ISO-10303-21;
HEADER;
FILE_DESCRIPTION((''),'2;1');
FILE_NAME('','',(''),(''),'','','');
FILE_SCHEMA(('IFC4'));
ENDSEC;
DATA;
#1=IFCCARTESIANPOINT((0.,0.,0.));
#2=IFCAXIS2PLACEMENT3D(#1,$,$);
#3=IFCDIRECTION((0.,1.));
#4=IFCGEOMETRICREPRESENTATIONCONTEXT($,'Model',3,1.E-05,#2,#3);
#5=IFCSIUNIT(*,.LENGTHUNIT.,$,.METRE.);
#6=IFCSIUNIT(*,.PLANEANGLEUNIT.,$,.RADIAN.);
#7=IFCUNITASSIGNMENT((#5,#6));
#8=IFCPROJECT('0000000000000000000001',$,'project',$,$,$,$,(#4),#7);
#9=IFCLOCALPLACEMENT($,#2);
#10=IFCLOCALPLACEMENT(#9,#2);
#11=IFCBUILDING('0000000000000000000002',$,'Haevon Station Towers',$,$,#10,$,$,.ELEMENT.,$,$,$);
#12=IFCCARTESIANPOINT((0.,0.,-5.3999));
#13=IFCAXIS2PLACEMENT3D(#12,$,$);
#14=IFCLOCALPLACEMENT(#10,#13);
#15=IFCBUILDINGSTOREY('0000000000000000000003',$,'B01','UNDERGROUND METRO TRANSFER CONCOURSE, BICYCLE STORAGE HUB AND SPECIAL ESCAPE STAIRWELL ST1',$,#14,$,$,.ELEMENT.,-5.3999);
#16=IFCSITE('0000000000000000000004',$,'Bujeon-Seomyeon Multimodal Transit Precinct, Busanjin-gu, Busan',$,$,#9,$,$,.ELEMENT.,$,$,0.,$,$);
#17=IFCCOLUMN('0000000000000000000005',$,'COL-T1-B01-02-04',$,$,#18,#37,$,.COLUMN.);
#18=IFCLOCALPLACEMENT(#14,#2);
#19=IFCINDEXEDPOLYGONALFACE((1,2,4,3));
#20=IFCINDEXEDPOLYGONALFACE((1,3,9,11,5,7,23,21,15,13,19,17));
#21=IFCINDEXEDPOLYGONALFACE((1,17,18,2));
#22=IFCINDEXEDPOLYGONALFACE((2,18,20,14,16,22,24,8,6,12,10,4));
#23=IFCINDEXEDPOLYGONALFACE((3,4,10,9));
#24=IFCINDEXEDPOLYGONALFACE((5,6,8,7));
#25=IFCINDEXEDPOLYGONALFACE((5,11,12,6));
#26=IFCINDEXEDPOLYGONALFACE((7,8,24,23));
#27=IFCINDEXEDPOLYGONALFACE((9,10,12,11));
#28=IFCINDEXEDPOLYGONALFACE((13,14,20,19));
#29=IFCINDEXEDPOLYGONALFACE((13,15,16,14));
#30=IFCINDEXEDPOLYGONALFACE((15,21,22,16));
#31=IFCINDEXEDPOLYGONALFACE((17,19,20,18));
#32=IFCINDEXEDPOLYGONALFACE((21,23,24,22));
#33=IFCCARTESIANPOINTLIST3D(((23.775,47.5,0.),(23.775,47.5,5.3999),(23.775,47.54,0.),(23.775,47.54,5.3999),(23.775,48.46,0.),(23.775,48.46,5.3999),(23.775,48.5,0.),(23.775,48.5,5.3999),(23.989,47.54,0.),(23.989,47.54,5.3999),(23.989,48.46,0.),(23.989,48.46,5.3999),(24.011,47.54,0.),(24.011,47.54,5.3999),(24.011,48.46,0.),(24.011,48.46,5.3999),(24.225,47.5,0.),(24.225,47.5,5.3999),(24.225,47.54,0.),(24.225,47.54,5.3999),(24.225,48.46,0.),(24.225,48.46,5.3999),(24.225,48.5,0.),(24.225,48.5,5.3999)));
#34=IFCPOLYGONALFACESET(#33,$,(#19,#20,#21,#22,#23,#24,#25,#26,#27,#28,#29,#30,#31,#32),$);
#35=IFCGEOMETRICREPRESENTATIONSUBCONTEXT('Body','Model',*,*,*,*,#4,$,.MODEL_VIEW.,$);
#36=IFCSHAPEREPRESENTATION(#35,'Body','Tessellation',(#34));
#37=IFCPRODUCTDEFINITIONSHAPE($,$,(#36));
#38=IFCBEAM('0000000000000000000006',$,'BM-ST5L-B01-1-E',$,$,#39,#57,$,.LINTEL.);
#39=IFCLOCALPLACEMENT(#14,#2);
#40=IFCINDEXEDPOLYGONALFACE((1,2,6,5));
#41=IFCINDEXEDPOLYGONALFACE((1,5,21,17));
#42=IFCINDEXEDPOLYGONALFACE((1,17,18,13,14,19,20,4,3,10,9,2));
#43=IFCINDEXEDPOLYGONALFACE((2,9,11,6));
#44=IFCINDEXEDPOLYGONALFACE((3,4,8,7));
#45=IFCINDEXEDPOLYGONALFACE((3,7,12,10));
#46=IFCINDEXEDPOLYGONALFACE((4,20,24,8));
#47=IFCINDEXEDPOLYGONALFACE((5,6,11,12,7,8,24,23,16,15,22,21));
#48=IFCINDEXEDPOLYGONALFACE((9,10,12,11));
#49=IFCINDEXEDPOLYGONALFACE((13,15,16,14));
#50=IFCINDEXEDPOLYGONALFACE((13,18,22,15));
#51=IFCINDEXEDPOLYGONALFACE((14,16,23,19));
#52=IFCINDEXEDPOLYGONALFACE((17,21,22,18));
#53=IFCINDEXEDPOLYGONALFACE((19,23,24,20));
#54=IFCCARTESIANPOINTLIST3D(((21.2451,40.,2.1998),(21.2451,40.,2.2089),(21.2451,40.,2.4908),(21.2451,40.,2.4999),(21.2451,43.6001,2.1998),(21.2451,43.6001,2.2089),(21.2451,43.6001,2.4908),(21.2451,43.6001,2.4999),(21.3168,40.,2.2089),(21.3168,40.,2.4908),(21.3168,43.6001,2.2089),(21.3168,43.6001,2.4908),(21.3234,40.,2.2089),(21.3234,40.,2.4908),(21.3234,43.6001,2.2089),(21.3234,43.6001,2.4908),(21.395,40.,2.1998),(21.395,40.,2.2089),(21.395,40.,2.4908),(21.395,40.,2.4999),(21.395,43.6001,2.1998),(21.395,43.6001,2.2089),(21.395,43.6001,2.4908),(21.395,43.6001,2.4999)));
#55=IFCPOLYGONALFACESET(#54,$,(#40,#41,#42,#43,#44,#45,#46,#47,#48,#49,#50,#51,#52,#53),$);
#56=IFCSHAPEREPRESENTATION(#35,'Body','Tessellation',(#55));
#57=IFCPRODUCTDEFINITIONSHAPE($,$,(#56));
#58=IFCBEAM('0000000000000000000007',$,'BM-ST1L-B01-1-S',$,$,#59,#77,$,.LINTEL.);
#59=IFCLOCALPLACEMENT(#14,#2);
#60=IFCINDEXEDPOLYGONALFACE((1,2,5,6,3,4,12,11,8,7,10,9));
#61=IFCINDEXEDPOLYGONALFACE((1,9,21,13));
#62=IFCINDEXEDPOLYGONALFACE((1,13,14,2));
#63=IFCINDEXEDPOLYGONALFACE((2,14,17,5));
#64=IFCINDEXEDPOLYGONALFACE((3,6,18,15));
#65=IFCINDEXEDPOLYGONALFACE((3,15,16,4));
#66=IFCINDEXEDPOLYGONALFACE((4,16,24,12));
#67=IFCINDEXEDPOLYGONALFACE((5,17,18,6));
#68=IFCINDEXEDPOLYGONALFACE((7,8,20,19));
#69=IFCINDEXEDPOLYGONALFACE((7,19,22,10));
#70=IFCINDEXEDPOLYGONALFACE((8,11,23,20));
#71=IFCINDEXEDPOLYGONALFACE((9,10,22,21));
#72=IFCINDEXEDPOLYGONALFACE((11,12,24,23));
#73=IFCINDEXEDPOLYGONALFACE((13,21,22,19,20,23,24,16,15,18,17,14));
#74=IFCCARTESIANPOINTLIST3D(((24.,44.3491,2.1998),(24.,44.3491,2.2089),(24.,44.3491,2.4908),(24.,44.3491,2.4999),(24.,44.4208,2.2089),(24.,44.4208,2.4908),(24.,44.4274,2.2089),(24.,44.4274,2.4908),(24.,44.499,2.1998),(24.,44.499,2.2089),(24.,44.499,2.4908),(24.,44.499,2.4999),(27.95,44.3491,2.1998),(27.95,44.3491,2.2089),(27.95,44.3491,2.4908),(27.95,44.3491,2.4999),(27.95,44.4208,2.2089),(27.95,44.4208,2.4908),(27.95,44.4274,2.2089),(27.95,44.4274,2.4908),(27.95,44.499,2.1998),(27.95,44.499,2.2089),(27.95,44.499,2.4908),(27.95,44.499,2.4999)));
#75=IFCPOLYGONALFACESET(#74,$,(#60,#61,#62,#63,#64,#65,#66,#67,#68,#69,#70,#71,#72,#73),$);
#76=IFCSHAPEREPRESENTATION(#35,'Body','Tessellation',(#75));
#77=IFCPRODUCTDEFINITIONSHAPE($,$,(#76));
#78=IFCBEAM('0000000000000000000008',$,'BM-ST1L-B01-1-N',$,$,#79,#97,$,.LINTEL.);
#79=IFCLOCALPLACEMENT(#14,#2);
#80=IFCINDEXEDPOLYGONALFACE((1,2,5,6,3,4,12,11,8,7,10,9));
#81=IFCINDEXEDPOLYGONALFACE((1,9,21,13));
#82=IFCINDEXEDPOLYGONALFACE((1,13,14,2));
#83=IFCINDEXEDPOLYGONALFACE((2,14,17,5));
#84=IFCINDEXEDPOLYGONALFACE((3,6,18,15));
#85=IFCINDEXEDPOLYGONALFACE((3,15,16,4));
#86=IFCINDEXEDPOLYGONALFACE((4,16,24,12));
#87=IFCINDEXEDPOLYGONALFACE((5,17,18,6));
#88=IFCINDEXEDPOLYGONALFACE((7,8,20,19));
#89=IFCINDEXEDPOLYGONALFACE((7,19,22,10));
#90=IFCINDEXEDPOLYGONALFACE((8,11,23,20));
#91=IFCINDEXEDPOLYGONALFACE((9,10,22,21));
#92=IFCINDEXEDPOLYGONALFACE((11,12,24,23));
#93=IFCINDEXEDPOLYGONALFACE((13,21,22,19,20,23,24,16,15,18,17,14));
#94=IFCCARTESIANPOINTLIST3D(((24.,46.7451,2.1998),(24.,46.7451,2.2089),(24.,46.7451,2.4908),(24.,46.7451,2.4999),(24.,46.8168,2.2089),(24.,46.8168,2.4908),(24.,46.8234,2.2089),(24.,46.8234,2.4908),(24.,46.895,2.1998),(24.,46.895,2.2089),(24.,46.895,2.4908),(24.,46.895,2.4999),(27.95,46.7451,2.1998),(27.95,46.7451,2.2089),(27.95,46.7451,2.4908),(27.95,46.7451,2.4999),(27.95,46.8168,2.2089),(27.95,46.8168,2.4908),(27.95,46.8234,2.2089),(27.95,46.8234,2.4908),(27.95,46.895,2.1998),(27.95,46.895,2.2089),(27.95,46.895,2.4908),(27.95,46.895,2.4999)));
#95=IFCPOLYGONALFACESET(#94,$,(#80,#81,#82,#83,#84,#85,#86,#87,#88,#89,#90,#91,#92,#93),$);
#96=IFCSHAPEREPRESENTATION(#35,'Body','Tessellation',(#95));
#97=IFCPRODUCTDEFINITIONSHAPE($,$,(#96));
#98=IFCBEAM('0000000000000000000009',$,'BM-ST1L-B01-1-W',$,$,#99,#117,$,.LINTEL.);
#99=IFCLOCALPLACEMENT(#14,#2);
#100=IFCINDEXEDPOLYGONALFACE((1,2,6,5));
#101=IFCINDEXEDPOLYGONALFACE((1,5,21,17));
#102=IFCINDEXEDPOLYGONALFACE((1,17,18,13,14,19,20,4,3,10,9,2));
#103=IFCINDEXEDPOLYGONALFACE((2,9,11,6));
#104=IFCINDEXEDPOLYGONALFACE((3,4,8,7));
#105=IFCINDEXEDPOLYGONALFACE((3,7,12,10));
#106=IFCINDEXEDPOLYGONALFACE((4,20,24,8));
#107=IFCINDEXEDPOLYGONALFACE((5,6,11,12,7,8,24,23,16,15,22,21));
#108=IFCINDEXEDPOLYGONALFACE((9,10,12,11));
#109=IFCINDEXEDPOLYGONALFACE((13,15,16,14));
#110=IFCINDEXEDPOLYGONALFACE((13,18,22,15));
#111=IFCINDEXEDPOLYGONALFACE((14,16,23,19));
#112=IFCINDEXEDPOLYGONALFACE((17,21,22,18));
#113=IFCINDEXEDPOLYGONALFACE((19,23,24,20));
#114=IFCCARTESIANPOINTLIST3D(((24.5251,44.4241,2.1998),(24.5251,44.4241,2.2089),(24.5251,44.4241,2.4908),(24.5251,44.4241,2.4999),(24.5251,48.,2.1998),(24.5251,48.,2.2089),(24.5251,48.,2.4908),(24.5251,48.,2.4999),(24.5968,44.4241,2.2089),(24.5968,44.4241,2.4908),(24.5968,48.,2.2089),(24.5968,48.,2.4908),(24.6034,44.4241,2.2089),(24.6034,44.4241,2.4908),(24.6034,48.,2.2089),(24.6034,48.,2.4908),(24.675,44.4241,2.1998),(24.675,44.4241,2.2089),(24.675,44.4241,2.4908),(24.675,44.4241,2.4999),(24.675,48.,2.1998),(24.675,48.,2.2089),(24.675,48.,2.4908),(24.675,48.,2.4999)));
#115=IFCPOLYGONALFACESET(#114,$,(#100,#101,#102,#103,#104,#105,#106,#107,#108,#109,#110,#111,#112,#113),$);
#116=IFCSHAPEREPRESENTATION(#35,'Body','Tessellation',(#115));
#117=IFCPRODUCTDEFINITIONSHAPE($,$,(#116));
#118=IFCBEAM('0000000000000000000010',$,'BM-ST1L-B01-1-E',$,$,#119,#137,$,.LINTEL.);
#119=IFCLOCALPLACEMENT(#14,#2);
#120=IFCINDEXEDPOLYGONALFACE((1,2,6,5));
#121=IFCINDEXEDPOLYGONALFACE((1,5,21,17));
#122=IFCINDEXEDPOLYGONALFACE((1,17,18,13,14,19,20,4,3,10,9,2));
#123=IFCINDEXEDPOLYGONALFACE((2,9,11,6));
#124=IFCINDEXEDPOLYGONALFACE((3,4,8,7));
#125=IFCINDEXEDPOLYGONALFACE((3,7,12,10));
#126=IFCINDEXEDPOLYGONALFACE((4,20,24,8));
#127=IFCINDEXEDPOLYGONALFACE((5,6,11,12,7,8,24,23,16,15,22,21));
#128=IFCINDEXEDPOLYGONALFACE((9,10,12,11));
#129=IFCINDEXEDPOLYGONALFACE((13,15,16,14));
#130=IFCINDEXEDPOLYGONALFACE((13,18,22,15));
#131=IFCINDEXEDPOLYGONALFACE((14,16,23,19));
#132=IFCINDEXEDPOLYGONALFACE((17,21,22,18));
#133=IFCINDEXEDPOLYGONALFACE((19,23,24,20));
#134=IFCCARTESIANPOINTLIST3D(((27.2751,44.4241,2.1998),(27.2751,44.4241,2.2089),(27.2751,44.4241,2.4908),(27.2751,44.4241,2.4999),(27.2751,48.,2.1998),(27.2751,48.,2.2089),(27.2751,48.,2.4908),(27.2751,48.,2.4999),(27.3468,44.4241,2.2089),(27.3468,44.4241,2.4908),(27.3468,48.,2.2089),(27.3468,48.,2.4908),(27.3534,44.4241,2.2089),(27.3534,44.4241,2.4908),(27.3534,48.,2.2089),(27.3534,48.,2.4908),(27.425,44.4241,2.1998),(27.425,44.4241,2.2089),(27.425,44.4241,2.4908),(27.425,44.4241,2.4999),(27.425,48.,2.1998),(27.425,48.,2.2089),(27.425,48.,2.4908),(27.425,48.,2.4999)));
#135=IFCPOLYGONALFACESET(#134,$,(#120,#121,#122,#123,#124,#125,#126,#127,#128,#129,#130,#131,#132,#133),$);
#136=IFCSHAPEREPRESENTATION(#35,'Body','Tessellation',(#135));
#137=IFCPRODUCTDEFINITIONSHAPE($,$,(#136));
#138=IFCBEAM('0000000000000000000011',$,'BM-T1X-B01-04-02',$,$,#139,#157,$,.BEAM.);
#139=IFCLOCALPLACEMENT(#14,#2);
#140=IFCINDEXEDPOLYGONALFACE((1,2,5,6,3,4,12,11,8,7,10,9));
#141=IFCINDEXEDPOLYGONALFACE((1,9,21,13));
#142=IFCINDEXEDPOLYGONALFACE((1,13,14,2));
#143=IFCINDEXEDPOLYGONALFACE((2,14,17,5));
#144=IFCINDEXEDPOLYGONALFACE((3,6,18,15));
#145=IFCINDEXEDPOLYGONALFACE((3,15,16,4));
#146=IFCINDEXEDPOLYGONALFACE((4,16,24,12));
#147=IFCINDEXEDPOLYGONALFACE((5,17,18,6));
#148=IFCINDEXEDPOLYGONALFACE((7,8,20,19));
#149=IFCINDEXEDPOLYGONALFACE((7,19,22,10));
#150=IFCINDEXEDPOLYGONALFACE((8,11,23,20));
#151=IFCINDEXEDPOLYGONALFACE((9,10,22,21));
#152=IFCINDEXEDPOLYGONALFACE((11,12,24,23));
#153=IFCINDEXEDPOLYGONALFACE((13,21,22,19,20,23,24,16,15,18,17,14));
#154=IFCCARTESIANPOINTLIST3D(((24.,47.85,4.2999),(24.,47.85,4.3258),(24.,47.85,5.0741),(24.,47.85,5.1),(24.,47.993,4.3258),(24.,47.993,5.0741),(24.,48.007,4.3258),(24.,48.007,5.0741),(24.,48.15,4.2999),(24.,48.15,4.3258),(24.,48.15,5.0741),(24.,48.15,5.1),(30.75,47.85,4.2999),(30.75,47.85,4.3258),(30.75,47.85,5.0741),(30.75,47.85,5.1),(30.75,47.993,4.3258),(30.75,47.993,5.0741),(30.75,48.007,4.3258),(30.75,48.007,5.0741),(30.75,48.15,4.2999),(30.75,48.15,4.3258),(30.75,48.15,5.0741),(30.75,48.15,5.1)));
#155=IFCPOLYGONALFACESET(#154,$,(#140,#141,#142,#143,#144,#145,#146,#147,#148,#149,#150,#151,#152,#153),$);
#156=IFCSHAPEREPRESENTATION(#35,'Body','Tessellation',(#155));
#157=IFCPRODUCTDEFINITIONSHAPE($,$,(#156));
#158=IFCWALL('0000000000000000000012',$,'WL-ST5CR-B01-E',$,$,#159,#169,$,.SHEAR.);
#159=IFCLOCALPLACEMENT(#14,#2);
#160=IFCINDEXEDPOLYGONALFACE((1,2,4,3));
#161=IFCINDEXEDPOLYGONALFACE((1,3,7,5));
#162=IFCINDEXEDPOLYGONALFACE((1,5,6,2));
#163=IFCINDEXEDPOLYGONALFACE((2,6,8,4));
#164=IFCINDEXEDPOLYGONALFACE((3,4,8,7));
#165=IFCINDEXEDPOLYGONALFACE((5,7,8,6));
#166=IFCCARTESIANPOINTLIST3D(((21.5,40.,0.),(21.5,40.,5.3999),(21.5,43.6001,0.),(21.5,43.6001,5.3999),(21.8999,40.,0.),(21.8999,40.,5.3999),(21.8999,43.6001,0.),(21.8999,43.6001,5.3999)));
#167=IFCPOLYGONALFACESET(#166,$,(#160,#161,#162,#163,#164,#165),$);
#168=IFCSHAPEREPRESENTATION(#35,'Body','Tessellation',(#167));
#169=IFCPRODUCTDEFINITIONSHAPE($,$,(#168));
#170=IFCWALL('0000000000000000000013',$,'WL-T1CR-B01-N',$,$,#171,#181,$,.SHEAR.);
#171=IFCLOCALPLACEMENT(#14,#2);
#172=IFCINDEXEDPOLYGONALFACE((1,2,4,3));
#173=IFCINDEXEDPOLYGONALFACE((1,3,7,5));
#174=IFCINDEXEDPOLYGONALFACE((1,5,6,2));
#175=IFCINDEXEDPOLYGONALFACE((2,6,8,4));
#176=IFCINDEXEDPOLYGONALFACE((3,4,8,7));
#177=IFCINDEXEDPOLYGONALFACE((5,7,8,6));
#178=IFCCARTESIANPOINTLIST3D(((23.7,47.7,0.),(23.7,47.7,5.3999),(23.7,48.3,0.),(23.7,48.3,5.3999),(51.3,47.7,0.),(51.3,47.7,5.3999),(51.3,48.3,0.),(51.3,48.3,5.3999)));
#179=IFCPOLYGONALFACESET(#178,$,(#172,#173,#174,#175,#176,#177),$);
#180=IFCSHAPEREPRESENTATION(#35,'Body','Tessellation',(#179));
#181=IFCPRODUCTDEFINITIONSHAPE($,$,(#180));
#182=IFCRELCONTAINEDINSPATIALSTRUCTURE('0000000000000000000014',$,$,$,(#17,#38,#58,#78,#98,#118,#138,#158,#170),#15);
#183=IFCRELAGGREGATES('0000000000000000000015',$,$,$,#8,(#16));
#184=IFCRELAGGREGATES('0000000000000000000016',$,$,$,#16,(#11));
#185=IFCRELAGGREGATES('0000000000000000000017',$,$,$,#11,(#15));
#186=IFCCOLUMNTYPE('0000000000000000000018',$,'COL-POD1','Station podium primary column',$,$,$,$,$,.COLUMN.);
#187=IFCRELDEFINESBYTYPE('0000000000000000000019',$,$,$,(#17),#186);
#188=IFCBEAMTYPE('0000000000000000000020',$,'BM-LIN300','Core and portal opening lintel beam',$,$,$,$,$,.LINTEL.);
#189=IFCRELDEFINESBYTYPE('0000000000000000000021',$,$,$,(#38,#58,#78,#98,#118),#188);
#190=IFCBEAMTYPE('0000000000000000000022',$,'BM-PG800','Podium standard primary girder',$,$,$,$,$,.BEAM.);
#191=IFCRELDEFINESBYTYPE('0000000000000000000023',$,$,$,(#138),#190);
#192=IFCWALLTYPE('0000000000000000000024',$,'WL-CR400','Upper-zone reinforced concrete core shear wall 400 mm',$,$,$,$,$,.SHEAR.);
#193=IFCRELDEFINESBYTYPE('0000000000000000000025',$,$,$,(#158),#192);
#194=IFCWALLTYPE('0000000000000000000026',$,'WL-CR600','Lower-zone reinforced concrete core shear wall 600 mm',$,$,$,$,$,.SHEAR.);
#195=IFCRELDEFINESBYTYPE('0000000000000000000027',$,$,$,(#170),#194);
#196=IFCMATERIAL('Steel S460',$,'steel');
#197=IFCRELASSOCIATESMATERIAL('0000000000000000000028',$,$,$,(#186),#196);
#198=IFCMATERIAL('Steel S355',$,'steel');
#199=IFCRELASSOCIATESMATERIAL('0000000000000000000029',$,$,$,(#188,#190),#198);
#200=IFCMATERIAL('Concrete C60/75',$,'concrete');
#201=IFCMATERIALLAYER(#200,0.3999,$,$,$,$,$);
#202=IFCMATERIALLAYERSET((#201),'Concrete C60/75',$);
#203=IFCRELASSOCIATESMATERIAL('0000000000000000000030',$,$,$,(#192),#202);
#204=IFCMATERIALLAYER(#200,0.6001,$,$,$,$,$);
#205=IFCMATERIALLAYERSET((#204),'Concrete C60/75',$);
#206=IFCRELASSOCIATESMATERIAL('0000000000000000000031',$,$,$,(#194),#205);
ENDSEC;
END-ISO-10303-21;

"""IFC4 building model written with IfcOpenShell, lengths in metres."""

from ifc_helpers import new_model, si_unit, direction, frame, frame_2d, origin, origin_2d, place, context, subcontext, project, spatial, rectangle, i_section, extrude, material, layer, layer_set, material_profile, profile_set, type_object, element, save


model = new_model("IFC4")

# Units and contexts
model_context = context("Model", 3, precision=1e-05, world=origin(), true_north=direction((0.0, 1.0)))
body_context = subcontext(model_context, "Body", "Model", "MODEL_VIEW")
ifc_project = project(units=[si_unit("LENGTHUNIT", "METRE"), si_unit("PLANEANGLEUNIT", "RADIAN")], contexts=[model_context])

# Site, building, storey
site_placement = place(None, origin())
site = spatial("IfcSite", under=ifc_project, at=site_placement, Name="Bujeon-Seomyeon Multimodal Transit Precinct, Busanjin-gu, Busan", CompositionType="ELEMENT", RefElevation=0.0)
building_placement = place(site_placement, origin())
building = spatial("IfcBuilding", under=site, at=building_placement, Name="Haevon Station Towers", CompositionType="ELEMENT")
storey_placement = place(building_placement, frame((0.0, 0.0, -5.3999)))
storey = spatial("IfcBuildingStorey", under=building, at=storey_placement, Name="B01", Description="UNDERGROUND METRO TRANSFER CONCOURSE, BICYCLE STORAGE HUB AND SPECIAL ESCAPE STAIRWELL ST1", CompositionType="ELEMENT", Elevation=-5.3999)

# Column
ifc_material_1 = material(Name="Steel S460", Category="steel")
ifc_material_profile_1 = material_profile(ifc_material_1, i_section(OverallWidth=0.45, OverallDepth=1.0, WebThickness=0.022, FlangeThickness=0.04, at=origin_2d()), Name="H-1000x450x22x40")
ifc_profile_set_1 = profile_set([ifc_material_profile_1], Name="Steel S460")
column_type = type_object("IfcColumnType", Name="COL-POD1", Description="Station podium primary column", PredefinedType="COLUMN", material=ifc_profile_set_1)
column_placement = place(storey_placement, frame((24.0, 48.0, 0.0), z_axis=(0.0, 0.0, 1.0), x_axis=(1.0, 0.0, 0.0)))
element("IfcColumn", 1, at=column_placement, inside=storey, type_object=column_type, Name="COL-T1-B01-02-04", PredefinedType="COLUMN", context=body_context, shape_type="SweptSolid", body=[
    extrude(i_section(OverallWidth=0.45, OverallDepth=1.0, WebThickness=0.022, FlangeThickness=0.04, at=origin_2d()), origin(), (0.0, 0.0, 1.0), 5.3999),
])

# Beams
ifc_material_2 = material(Name="Steel S355", Category="steel")
ifc_material_profile_2 = material_profile(ifc_material_2, i_section(OverallWidth=0.1499, OverallDepth=0.3, WebThickness=0.0066, FlangeThickness=0.009, at=origin_2d()), Name="H-300x150x6.5x9")
ifc_profile_set_2 = profile_set([ifc_material_profile_2], Name="Steel S355")
beam_type_1 = type_object("IfcBeamType", Name="BM-LIN300", Description="Core and portal opening lintel beam", PredefinedType="LINTEL", material=ifc_profile_set_2)
beam_1_placement = place(storey_placement, frame((21.3201, 40.0, 2.3499), z_axis=(0.0, 1.0, 0.0), x_axis=(-1.0, 0.0, 0.0)))
element("IfcBeam", 2, at=beam_1_placement, inside=storey, type_object=beam_type_1, Name="BM-ST5L-B01-1-E", PredefinedType="LINTEL", context=body_context, shape_type="SweptSolid", body=[
    extrude(i_section(OverallWidth=0.1499, OverallDepth=0.3, WebThickness=0.0066, FlangeThickness=0.009, at=origin_2d()), origin(), (0.0, 0.0, 1.0), 3.6001),
])
for number, where, z_axis, x_axis, name in (
    (3, (24.0, 44.4241, 2.3499), (1.0, 0.0, 0.0), (0.0, 1.0, 0.0), "BM-ST1L-B01-1-S"),
    (4, (24.0, 46.8201, 2.3499), (1.0, 0.0, 0.0), (0.0, 1.0, 0.0), "BM-ST1L-B01-1-N"),
):
    element("IfcBeam", number, at=place(storey_placement, frame(where, z_axis=z_axis, x_axis=x_axis)), inside=storey, type_object=beam_type_1, Name=name, PredefinedType="LINTEL", context=body_context, shape_type="SweptSolid", body=[
        extrude(i_section(OverallWidth=0.1499, OverallDepth=0.3, WebThickness=0.0066, FlangeThickness=0.009, at=origin_2d()), origin(), (0.0, 0.0, 1.0), 3.95),
    ])
for number, where, z_axis, x_axis, name in (
    (5, (24.6001, 44.4241, 2.3499), (0.0, 1.0, 0.0), (-1.0, 0.0, 0.0), "BM-ST1L-B01-1-W"),
    (6, (27.3501, 44.4241, 2.3499), (0.0, 1.0, 0.0), (-1.0, 0.0, 0.0), "BM-ST1L-B01-1-E"),
):
    element("IfcBeam", number, at=place(storey_placement, frame(where, z_axis=z_axis, x_axis=x_axis)), inside=storey, type_object=beam_type_1, Name=name, PredefinedType="LINTEL", context=body_context, shape_type="SweptSolid", body=[
        extrude(i_section(OverallWidth=0.1499, OverallDepth=0.3, WebThickness=0.0066, FlangeThickness=0.009, at=origin_2d()), origin(), (0.0, 0.0, 1.0), 3.5759),
    ])
ifc_material_profile_3 = material_profile(ifc_material_2, i_section(OverallWidth=0.3, OverallDepth=0.8, WebThickness=0.0139, FlangeThickness=0.0259, at=origin_2d()), Name="H-800x300x14x26")
ifc_profile_set_3 = profile_set([ifc_material_profile_3], Name="Steel S355")
beam_type_2 = type_object("IfcBeamType", Name="BM-PG800", Description="Podium standard primary girder", PredefinedType="BEAM", material=ifc_profile_set_3)
beam_2_placement = place(storey_placement, frame((24.0, 48.0, 4.7), z_axis=(1.0, 0.0, 0.0), x_axis=(0.0, 1.0, 0.0)))
element("IfcBeam", 7, at=beam_2_placement, inside=storey, type_object=beam_type_2, Name="BM-T1X-B01-04-02", PredefinedType="BEAM", context=body_context, shape_type="SweptSolid", body=[
    extrude(i_section(OverallWidth=0.3, OverallDepth=0.8, WebThickness=0.0139, FlangeThickness=0.0259, at=origin_2d()), origin(), (0.0, 0.0, 1.0), 6.75),
])

# Walls
ifc_material_3 = material(Name="Concrete C60/75", Category="concrete")
ifc_layer_1 = layer(ifc_material_3, 0.3999)
ifc_layer_set_1 = layer_set([ifc_layer_1], Name="Concrete C60/75")
wall_type_1 = type_object("IfcWallType", Name="WL-CR400", Description="Upper-zone reinforced concrete core shear wall 400 mm", PredefinedType="SHEAR", material=ifc_layer_set_1)
wall_1_placement = place(storey_placement, frame((21.7, 40.0, 0.0), z_axis=(0.0, 0.0, 1.0), x_axis=(0.0, 1.0, 0.0)))
element("IfcWall", 8, at=wall_1_placement, inside=storey, type_object=wall_type_1, Name="WL-ST5CR-B01-E", PredefinedType="SHEAR", context=body_context, shape_type="SweptSolid", body=[
    extrude(rectangle(XDim=3.6001, YDim=0.3999, at=frame_2d((1.8, 0.0))), origin(), (0.0, 0.0, 1.0), 5.3999),
])
ifc_layer_2 = layer(ifc_material_3, 0.6001)
ifc_layer_set_2 = layer_set([ifc_layer_2], Name="Concrete C60/75")
wall_type_2 = type_object("IfcWallType", Name="WL-CR600", Description="Lower-zone reinforced concrete core shear wall 600 mm", PredefinedType="SHEAR", material=ifc_layer_set_2)
wall_2_placement = place(storey_placement, frame((23.7, 48.0, 0.0), z_axis=(0.0, 0.0, 1.0), x_axis=(1.0, 0.0, 0.0)))
element("IfcWall", 9, at=wall_2_placement, inside=storey, type_object=wall_type_2, Name="WL-T1CR-B01-N", PredefinedType="SHEAR", context=body_context, shape_type="SweptSolid", body=[
    extrude(rectangle(XDim=27.6001, YDim=0.6001, at=frame_2d((13.8, 0.0))), origin(), (0.0, 0.0, 1.0), 5.3999),
])

save(model, "model.ifc")
